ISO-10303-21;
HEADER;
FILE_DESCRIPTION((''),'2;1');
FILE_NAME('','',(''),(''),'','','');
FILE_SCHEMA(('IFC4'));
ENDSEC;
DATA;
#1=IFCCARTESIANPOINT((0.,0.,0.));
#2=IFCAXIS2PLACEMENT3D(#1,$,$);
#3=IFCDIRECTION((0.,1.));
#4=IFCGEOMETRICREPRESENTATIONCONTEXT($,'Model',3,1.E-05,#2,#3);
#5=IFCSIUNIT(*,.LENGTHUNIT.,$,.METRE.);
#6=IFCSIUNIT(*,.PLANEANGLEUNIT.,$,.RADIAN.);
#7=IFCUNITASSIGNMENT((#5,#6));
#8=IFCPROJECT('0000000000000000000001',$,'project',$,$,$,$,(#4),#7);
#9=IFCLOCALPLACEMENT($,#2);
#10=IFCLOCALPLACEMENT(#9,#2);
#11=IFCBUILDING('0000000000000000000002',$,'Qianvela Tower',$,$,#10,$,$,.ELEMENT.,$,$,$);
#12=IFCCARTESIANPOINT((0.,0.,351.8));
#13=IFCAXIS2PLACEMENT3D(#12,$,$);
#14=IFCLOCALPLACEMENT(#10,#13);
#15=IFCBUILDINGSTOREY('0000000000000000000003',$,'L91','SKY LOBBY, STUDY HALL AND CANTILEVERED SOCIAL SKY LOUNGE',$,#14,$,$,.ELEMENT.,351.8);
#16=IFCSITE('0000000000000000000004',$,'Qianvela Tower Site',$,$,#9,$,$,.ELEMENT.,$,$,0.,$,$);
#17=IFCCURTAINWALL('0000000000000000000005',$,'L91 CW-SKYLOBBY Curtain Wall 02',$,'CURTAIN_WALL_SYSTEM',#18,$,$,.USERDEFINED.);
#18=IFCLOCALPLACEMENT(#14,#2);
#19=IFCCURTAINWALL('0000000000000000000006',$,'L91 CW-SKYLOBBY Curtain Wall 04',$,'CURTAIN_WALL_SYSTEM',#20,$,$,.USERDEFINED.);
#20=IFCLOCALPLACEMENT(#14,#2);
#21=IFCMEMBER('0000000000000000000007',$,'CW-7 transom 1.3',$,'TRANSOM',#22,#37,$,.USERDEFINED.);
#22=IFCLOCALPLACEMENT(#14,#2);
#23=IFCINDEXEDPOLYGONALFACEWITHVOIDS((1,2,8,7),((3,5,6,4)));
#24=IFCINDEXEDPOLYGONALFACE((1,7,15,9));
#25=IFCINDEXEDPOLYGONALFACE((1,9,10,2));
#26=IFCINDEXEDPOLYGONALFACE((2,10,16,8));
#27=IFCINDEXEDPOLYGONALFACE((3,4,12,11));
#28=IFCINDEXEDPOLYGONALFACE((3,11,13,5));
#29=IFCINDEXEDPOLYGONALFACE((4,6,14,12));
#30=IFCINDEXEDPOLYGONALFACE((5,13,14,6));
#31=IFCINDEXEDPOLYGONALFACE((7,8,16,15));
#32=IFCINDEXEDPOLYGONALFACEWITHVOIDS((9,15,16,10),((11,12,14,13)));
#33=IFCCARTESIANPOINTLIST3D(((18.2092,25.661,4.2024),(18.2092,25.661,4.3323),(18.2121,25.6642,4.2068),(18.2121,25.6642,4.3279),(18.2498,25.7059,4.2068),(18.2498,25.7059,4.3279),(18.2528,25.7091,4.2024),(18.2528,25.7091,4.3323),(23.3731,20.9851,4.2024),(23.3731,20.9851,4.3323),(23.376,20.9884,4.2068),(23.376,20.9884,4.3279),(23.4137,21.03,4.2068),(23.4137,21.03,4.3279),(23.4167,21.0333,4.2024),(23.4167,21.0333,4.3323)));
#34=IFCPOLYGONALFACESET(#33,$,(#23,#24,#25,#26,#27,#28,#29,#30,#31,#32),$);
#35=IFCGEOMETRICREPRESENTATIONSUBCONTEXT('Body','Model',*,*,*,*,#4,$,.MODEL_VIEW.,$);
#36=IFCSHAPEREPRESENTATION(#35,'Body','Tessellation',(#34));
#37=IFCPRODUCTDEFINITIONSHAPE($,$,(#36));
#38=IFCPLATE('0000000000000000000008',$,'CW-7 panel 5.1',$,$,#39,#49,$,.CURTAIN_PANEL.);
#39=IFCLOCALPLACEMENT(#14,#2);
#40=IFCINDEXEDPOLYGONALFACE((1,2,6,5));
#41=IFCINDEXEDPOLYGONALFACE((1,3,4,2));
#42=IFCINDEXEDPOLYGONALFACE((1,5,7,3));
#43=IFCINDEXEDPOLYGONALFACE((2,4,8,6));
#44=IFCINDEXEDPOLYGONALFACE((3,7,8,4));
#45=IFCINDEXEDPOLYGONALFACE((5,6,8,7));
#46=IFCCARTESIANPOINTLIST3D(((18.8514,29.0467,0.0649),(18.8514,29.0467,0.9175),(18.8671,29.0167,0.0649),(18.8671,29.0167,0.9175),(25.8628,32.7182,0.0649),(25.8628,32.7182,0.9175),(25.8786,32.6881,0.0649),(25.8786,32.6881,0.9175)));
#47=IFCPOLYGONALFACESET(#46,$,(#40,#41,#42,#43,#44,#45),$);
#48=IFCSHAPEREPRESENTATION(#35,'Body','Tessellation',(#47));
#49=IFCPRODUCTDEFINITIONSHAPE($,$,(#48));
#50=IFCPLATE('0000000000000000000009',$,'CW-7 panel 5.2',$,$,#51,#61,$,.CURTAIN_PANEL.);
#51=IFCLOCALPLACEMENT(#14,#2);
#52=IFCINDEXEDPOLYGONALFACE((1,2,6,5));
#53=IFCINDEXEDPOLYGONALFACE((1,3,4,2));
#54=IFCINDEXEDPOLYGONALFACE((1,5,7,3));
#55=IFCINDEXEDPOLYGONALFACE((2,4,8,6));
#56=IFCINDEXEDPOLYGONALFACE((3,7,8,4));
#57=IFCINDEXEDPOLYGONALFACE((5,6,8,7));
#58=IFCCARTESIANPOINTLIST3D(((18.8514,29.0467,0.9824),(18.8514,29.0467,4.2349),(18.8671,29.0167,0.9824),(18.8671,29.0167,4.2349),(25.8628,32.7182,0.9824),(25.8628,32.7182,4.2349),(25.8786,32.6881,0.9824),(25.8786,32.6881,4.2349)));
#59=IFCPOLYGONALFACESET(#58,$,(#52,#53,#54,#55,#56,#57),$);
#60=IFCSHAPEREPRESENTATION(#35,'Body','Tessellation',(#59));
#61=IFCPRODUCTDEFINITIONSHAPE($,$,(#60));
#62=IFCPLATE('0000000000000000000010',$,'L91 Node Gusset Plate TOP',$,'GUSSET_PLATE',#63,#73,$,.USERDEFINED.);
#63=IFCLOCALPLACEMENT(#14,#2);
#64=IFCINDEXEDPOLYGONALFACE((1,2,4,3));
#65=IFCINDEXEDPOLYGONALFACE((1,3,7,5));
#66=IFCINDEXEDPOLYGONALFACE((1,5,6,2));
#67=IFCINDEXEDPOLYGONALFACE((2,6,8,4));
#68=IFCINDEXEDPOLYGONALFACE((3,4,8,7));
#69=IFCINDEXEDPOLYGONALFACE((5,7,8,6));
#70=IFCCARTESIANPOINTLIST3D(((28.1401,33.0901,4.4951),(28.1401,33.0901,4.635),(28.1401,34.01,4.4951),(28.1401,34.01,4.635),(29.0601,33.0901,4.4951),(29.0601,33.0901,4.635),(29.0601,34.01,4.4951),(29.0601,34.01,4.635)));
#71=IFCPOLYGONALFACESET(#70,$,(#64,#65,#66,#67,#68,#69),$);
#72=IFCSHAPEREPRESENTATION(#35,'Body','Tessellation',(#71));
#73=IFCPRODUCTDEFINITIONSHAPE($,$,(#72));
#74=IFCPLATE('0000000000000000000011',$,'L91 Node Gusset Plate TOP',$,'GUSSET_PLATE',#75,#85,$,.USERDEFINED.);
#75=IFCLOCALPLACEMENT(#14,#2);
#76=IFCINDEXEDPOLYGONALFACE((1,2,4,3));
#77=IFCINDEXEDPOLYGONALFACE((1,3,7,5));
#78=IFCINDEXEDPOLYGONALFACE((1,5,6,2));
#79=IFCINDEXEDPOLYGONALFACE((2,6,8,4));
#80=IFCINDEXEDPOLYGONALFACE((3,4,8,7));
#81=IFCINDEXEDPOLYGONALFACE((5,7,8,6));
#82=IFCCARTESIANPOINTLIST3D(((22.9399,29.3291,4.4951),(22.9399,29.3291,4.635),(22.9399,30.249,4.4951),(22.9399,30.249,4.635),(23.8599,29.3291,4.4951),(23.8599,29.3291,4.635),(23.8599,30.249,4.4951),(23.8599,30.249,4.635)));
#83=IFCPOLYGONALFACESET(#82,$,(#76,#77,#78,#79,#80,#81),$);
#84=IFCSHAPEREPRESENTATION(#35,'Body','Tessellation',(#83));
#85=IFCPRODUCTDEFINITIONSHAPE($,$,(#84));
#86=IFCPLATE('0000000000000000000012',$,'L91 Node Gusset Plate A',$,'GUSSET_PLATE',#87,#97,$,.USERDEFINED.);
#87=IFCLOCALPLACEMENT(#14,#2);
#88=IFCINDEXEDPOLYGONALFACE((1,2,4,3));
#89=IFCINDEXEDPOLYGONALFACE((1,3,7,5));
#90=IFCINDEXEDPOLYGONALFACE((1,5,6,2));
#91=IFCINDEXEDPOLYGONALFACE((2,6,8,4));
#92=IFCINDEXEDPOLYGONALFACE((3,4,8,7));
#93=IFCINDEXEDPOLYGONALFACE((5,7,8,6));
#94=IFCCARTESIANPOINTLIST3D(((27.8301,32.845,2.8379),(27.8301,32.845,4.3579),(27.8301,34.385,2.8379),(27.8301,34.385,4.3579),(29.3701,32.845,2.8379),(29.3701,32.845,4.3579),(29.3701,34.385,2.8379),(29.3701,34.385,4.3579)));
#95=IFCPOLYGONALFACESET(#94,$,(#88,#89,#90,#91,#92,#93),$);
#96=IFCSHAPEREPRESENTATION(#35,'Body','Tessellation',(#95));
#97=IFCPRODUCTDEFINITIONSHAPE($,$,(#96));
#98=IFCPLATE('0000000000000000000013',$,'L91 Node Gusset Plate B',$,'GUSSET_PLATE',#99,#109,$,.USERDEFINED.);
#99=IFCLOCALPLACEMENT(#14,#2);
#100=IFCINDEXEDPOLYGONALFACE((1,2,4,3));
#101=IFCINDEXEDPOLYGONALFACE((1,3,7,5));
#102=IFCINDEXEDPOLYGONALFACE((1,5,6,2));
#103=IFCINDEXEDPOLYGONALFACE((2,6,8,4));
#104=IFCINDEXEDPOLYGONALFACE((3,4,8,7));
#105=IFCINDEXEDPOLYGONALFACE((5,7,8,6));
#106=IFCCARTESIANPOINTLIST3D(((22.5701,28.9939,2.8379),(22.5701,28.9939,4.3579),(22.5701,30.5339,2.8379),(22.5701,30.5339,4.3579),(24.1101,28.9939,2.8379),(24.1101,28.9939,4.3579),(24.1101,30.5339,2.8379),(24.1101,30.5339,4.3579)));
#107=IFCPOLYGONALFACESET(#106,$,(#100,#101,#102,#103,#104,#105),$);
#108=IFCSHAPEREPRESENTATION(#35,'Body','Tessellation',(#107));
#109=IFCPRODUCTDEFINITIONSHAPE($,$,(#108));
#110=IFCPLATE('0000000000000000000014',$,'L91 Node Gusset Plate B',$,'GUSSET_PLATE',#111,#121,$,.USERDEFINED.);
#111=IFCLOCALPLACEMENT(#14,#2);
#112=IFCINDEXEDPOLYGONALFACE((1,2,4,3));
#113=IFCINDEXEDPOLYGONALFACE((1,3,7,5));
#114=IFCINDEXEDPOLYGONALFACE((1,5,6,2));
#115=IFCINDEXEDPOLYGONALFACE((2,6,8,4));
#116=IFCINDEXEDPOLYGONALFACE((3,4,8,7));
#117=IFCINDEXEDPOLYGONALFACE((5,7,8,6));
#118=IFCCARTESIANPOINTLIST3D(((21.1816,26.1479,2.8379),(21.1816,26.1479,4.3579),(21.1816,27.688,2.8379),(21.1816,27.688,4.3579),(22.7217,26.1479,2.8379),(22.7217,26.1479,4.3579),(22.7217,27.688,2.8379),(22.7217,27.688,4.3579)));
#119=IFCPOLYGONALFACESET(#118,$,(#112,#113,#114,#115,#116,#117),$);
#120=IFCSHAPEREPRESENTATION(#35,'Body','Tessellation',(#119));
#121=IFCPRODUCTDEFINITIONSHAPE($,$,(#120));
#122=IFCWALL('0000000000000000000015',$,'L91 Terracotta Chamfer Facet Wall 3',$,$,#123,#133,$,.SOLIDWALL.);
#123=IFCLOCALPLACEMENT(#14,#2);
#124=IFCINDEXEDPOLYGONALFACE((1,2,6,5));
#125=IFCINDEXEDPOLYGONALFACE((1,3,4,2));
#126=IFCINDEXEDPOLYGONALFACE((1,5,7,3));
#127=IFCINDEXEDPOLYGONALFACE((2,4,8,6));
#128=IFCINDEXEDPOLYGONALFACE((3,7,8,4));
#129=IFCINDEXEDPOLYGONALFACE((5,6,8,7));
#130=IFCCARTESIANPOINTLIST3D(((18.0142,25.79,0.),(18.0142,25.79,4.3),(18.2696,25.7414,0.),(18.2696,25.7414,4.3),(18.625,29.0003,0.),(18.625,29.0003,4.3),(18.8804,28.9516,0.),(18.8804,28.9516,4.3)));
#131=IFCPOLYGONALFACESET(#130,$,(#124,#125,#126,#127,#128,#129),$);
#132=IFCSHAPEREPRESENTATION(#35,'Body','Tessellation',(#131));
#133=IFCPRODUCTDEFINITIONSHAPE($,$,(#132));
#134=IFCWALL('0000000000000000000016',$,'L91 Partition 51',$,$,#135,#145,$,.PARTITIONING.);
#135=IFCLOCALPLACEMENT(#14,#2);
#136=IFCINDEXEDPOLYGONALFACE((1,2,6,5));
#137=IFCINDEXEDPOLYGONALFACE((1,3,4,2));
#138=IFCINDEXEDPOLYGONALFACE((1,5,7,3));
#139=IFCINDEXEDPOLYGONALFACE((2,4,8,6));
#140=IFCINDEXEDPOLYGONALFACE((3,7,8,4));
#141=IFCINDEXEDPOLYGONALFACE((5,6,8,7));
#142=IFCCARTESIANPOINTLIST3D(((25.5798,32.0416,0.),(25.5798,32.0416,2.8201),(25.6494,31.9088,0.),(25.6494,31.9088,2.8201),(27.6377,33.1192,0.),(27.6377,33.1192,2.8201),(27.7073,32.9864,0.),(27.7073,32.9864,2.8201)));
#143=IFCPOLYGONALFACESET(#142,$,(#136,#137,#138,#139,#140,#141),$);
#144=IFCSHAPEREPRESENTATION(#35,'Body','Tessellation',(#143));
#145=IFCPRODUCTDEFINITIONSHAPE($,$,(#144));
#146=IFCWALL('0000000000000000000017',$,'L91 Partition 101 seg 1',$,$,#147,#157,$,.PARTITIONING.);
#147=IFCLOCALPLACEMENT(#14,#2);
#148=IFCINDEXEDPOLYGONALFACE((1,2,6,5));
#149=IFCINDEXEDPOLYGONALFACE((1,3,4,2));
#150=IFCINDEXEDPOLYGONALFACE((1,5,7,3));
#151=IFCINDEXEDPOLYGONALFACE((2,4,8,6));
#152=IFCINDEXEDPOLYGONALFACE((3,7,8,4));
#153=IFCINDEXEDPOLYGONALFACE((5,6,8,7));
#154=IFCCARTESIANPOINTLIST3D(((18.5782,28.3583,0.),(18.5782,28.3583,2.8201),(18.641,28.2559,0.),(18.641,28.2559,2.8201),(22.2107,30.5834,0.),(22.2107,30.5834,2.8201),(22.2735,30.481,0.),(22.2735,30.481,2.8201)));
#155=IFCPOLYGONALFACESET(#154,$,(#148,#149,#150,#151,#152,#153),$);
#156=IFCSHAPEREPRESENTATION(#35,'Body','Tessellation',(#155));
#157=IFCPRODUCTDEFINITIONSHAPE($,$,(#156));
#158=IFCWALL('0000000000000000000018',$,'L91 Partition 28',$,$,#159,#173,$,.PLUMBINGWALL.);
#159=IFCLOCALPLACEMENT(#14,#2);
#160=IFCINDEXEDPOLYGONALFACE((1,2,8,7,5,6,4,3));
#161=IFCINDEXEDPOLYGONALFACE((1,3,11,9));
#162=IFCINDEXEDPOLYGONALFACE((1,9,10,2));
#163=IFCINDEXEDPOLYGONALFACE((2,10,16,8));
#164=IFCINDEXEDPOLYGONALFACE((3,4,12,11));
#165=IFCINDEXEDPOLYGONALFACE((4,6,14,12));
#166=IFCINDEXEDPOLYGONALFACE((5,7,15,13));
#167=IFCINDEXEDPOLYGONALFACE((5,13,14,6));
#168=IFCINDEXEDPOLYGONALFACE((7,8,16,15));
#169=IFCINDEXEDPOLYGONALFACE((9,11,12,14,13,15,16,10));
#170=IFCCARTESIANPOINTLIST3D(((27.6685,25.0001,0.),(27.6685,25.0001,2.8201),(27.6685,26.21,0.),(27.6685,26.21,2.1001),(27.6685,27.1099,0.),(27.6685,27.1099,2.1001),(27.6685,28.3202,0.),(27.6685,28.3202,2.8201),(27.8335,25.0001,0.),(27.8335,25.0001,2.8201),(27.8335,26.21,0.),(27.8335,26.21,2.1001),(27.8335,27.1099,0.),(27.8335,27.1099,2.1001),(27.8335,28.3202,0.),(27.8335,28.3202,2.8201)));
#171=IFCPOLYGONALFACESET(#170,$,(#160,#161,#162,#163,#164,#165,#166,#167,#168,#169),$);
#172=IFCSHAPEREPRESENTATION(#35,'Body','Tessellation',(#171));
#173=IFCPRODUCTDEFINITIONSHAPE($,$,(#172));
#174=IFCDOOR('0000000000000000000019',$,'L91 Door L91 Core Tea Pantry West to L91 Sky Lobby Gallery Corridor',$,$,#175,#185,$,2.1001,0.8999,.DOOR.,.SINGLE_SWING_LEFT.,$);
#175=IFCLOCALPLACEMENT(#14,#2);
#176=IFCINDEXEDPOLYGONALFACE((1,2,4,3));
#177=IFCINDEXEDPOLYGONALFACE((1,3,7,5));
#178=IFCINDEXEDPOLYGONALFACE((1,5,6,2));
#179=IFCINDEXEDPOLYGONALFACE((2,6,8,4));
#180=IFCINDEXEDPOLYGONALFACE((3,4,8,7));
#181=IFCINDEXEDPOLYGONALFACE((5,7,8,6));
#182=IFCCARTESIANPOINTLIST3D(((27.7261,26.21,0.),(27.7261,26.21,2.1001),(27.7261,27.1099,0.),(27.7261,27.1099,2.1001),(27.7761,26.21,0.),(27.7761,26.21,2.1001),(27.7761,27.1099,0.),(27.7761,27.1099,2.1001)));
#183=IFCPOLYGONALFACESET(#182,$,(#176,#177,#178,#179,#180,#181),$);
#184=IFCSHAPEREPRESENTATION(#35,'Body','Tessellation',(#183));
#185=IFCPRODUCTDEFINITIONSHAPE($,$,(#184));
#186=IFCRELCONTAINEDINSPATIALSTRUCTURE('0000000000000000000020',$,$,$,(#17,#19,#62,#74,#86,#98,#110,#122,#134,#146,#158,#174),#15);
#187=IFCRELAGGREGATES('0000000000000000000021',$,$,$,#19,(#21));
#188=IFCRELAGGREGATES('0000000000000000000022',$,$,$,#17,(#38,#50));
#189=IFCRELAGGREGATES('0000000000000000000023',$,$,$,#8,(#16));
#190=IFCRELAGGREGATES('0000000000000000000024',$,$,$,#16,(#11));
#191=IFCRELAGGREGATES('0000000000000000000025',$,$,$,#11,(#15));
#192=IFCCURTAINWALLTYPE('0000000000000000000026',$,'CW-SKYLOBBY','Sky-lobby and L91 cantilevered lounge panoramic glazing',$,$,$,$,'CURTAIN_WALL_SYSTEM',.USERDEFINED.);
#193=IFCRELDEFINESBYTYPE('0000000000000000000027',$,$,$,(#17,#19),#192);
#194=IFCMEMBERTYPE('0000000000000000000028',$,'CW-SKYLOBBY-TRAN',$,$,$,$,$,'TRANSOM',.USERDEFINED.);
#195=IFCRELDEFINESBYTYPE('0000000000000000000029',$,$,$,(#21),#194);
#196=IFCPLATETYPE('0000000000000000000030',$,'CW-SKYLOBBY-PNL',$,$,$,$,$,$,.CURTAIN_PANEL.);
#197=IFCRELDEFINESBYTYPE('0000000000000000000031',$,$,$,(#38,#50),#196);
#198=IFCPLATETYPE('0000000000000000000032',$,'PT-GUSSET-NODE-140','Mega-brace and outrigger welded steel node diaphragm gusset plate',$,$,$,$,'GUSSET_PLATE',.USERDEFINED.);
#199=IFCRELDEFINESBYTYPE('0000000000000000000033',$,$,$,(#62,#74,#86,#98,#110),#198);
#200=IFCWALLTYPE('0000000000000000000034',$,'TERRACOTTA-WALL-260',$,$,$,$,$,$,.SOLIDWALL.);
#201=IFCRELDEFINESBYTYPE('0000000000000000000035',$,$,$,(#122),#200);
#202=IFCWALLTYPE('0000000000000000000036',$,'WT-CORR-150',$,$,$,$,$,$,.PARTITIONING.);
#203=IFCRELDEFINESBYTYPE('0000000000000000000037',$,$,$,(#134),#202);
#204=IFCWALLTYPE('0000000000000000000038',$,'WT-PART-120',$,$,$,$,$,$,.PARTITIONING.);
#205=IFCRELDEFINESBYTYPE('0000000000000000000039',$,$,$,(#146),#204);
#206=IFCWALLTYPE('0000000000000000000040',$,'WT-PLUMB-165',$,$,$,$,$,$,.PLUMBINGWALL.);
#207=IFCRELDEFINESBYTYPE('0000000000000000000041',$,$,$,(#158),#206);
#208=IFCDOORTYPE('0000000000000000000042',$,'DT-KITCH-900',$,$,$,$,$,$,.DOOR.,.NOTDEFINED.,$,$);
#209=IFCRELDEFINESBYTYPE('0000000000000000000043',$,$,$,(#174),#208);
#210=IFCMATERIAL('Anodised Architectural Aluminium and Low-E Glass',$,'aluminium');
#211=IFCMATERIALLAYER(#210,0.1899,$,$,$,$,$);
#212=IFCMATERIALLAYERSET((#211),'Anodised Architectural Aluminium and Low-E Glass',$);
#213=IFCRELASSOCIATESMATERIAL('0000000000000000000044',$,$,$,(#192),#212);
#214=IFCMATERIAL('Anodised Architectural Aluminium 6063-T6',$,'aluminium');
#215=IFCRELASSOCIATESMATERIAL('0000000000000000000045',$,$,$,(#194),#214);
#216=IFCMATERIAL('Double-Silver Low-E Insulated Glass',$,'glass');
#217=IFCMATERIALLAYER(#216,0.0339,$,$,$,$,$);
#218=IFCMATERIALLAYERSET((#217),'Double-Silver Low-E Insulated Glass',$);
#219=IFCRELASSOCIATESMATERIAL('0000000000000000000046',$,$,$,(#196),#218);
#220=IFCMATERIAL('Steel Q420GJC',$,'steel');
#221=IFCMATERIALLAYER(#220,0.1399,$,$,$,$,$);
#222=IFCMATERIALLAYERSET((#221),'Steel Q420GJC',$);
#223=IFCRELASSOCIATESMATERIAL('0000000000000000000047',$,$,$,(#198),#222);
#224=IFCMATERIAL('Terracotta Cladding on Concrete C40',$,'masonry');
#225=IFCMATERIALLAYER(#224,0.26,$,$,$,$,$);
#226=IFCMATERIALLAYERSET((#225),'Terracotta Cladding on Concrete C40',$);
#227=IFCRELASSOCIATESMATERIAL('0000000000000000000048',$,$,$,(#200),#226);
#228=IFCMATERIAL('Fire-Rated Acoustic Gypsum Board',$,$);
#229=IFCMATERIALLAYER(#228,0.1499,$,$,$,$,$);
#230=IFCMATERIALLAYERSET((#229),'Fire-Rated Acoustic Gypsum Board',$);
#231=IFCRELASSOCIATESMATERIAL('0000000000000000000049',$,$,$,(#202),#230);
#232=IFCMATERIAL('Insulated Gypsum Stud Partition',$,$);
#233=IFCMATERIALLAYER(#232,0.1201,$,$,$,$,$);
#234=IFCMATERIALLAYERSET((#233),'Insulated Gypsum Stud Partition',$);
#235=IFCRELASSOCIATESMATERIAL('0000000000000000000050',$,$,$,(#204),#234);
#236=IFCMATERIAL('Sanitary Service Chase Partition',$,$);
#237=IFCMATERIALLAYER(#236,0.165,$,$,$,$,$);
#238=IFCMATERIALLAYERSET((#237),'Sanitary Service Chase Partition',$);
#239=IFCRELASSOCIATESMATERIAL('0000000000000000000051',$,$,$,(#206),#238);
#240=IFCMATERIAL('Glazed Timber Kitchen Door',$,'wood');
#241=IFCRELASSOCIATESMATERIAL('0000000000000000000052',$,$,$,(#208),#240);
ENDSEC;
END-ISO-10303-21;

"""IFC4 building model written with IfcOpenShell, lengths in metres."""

from ifc_helpers import new_model, si_unit, direction, frame, frame_2d, origin, origin_2d, place, context, subcontext, project, spatial, rectangle, hollow_rectangle, extrude, material, layer, layer_set, material_profile, profile_set, type_object, element, fill, aggregate, save


model = new_model("IFC4")

# Units and contexts
model_context = context("Model", 3, precision=1e-05, world=origin(), true_north=direction((0.0, 1.0)))
body_context = subcontext(model_context, "Body", "Model", "MODEL_VIEW")
ifc_project = project(units=[si_unit("LENGTHUNIT", "METRE"), si_unit("PLANEANGLEUNIT", "RADIAN")], contexts=[model_context])

# Site, building, storey
site_placement = place(None, origin())
site = spatial("IfcSite", under=ifc_project, at=site_placement, Name="Qianvela Tower Site", CompositionType="ELEMENT", RefElevation=0.0)
building_placement = place(site_placement, origin())
building = spatial("IfcBuilding", under=site, at=building_placement, Name="Qianvela Tower", CompositionType="ELEMENT")
storey_placement = place(building_placement, frame((0.0, 0.0, 351.8)))
storey = spatial("IfcBuildingStorey", under=building, at=storey_placement, Name="L91", Description="SKY LOBBY, STUDY HALL AND CANTILEVERED SOCIAL SKY LOUNGE", CompositionType="ELEMENT", Elevation=351.8)

# Curtain wall
ifc_material_1 = material(Name="Anodised Architectural Aluminium and Low-E Glass", Category="aluminium")
ifc_layer_1 = layer(ifc_material_1, 0.1899)
ifc_layer_set_1 = layer_set([ifc_layer_1], Name="Anodised Architectural Aluminium and Low-E Glass")
curtain_wall_type = type_object("IfcCurtainWallType", Name="CW-SKYLOBBY", Description="Sky-lobby and L91 cantilevered lounge panoramic glazing", ElementType="CURTAIN_WALL_SYSTEM", PredefinedType="USERDEFINED", material=ifc_layer_set_1)
curtain_wall_1_placement = place(storey_placement, origin())
curtain_wall_1 = element("IfcCurtainWall", 1, at=curtain_wall_1_placement, inside=storey, type_object=curtain_wall_type, Name="L91 CW-SKYLOBBY Curtain Wall 02", ObjectType="CURTAIN_WALL_SYSTEM", PredefinedType="USERDEFINED")

# Curtain wall
curtain_wall_2_placement = place(storey_placement, origin())
curtain_wall_2 = element("IfcCurtainWall", 2, at=curtain_wall_2_placement, inside=storey, type_object=curtain_wall_type, Name="L91 CW-SKYLOBBY Curtain Wall 04", ObjectType="CURTAIN_WALL_SYSTEM", PredefinedType="USERDEFINED")

# Member
ifc_material_2 = material(Name="Anodised Architectural Aluminium 6063-T6", Category="aluminium")
ifc_material_profile_1 = material_profile(ifc_material_2, hollow_rectangle(XDim=0.0649, YDim=0.1299, WallThickness=0.0044, at=origin_2d()), Name="ALU-TRAN-65x130")
ifc_profile_set_1 = profile_set([ifc_material_profile_1], Name="Anodised Architectural Aluminium 6063-T6")
member_type_1 = type_object("IfcMemberType", Name="CW-SKYLOBBY-TRAN", ElementType="TRANSOM", PredefinedType="USERDEFINED", material=ifc_profile_set_1)
member_1_placement = place(storey_placement, frame((18.231, 25.6851, 4.2673), z_axis=(0.741268, -0.67121, 0.0), x_axis=(0.67121, 0.741268, 0.0)))
member_1 = element("IfcMember", 3, at=member_1_placement, type_object=member_type_1, Name="CW-7 transom 1.3", ObjectType="TRANSOM", PredefinedType="USERDEFINED", context=body_context, shape_type="SweptSolid", body=[
    extrude(hollow_rectangle(XDim=0.0649, YDim=0.1299, WallThickness=0.0044, at=origin_2d()), origin(), (0.0, 0.0, 1.0), 6.9663),
])
aggregate(curtain_wall_2, [member_1])

# Plates
ifc_material_3 = material(Name="Double-Silver Low-E Insulated Glass", Category="glass")
ifc_layer_2 = layer(ifc_material_3, 0.0339)
ifc_layer_set_2 = layer_set([ifc_layer_2], Name="Double-Silver Low-E Insulated Glass")
plate_type_1 = type_object("IfcPlateType", Name="CW-SKYLOBBY-PNL", PredefinedType="CURTAIN_PANEL", material=ifc_layer_set_2)
plate_1_placement = place(storey_placement, frame((22.365, 30.8674, 0.0649), z_axis=(0.0, 0.0, 1.0), x_axis=(-0.885893, -0.46389, 0.0)))
plate_1 = element("IfcPlate", 4, at=plate_1_placement, type_object=plate_type_1, Name="CW-7 panel 5.1", PredefinedType="CURTAIN_PANEL", context=body_context, shape_type="SweptSolid", body=[
    extrude(rectangle(XDim=7.9146, YDim=0.0339, at=origin_2d()), origin(), (0.0, 0.0, 1.0), 0.8525),
])
plate_2_placement = place(storey_placement, frame((22.365, 30.8674, 0.9824), z_axis=(0.0, 0.0, 1.0), x_axis=(-0.885893, -0.46389, 0.0)))
plate_2 = element("IfcPlate", 5, at=plate_2_placement, type_object=plate_type_1, Name="CW-7 panel 5.2", PredefinedType="CURTAIN_PANEL", context=body_context, shape_type="SweptSolid", body=[
    extrude(rectangle(XDim=7.9146, YDim=0.0339, at=origin_2d()), origin(), (0.0, 0.0, 1.0), 3.2524),
])
aggregate(curtain_wall_1, [plate_1, plate_2])

# Plates
ifc_material_4 = material(Name="Steel Q420GJC", Category="steel")
ifc_layer_3 = layer(ifc_material_4, 0.1399)
ifc_layer_set_3 = layer_set([ifc_layer_3], Name="Steel Q420GJC")
plate_type_2 = type_object("IfcPlateType", Name="PT-GUSSET-NODE-140", Description="Mega-brace and outrigger welded steel node diaphragm gusset plate", ElementType="GUSSET_PLATE", PredefinedType="USERDEFINED", material=ifc_layer_set_3)
for number, where, z_axis, x_axis, name in (
    (6, (28.6001, 33.55, 4.4951), (0.0, 0.0, 1.0), (1.0, 0.0, 0.0), "L91 Node Gusset Plate TOP"),
    (7, (23.3999, 29.7891, 4.4951), (0.0, 0.0, 1.0), (1.0, 0.0, 0.0), "L91 Node Gusset Plate TOP"),
):
    element("IfcPlate", number, at=place(storey_placement, frame(where, z_axis=z_axis, x_axis=x_axis)), inside=storey, type_object=plate_type_2, Name=name, ObjectType="GUSSET_PLATE", PredefinedType="USERDEFINED", context=body_context, shape_type="SweptSolid", body=[
        extrude(rectangle(XDim=0.9199, YDim=0.9199, at=origin_2d()), origin(), (0.0, 0.0, 1.0), 0.1399),
    ])
for number, where, z_axis, x_axis, name in (
    (8, (28.6001, 33.615, 2.8379), (0.0, 0.0, 1.0), (1.0, 0.0, 0.0), "L91 Node Gusset Plate A"),
    (9, (23.3401, 29.7639, 2.8379), (0.0, 0.0, 1.0), (1.0, 0.0, 0.0), "L91 Node Gusset Plate B"),
    (10, (21.9517, 26.918, 2.8379), (0.0, 0.0, 1.0), (1.0, 0.0, 0.0), "L91 Node Gusset Plate B"),
):
    element("IfcPlate", number, at=place(storey_placement, frame(where, z_axis=z_axis, x_axis=x_axis)), inside=storey, type_object=plate_type_2, Name=name, ObjectType="GUSSET_PLATE", PredefinedType="USERDEFINED", context=body_context, shape_type="SweptSolid", body=[
        extrude(rectangle(XDim=1.54, YDim=1.54, at=origin_2d()), origin(), (0.0, 0.0, 1.0), 1.52),
    ])

# Walls
ifc_material_5 = material(Name="Terracotta Cladding on Concrete C40", Category="masonry")
ifc_layer_4 = layer(ifc_material_5, 0.26)
ifc_layer_set_4 = layer_set([ifc_layer_4], Name="Terracotta Cladding on Concrete C40")
wall_type_1 = type_object("IfcWallType", Name="TERRACOTTA-WALL-260", PredefinedType="SOLIDWALL", material=ifc_layer_set_4)
wall_1_placement = place(storey_placement, frame((18.7527, 28.9758, 0.0), z_axis=(0.0, 0.0, 1.0), x_axis=(-0.186927, -0.982374, 0.0)))
element("IfcWall", 11, at=wall_1_placement, inside=storey, type_object=wall_type_1, Name="L91 Terracotta Chamfer Facet Wall 3", PredefinedType="SOLIDWALL", context=body_context, shape_type="SweptSolid", body=[
    extrude(rectangle(XDim=3.2678, YDim=0.26, at=frame_2d((1.6338, 0.0))), origin(), (0.0, 0.0, 1.0), 4.3),
])
ifc_material_6 = material(Name="Fire-Rated Acoustic Gypsum Board")
ifc_layer_5 = layer(ifc_material_6, 0.1499)
ifc_layer_set_5 = layer_set([ifc_layer_5], Name="Fire-Rated Acoustic Gypsum Board")
wall_type_2 = type_object("IfcWallType", Name="WT-CORR-150", PredefinedType="PARTITIONING", material=ifc_layer_set_5)
wall_2_placement = place(storey_placement, frame((25.6145, 31.9751, 0.0), z_axis=(0.0, 0.0, 1.0), x_axis=(0.885883, 0.463909, 0.0)))
element("IfcWall", 12, at=wall_2_placement, inside=storey, type_object=wall_type_2, Name="L91 Partition 51", PredefinedType="PARTITIONING", context=body_context, shape_type="SweptSolid", body=[
    extrude(rectangle(XDim=2.323, YDim=0.1499, at=frame_2d((1.1616, 0.0))), origin(), (0.0, 0.0, 1.0), 2.8201),
])
ifc_material_7 = material(Name="Insulated Gypsum Stud Partition")
ifc_layer_6 = layer(ifc_material_7, 0.1201)
ifc_layer_set_6 = layer_set([ifc_layer_6], Name="Insulated Gypsum Stud Partition")
wall_type_3 = type_object("IfcWallType", Name="WT-PART-120", PredefinedType="PARTITIONING", material=ifc_layer_set_6)
wall_3_placement = place(storey_placement, frame((18.6096, 28.3071, 0.0), z_axis=(0.0, 0.0, 1.0), x_axis=(0.852739, 0.522338, 0.0)))
element("IfcWall", 13, at=wall_3_placement, inside=storey, type_object=wall_type_3, Name="L91 Partition 101 seg 1", PredefinedType="PARTITIONING", context=body_context, shape_type="SweptSolid", body=[
    extrude(rectangle(XDim=4.2598, YDim=0.1201, at=frame_2d((2.1299, 0.0))), origin(), (0.0, 0.0, 1.0), 2.8201),
])

# Wall, opening, door
ifc_material_8 = material(Name="Sanitary Service Chase Partition")
ifc_layer_7 = layer(ifc_material_8, 0.165)
ifc_layer_set_7 = layer_set([ifc_layer_7], Name="Sanitary Service Chase Partition")
wall_type_4 = type_object("IfcWallType", Name="WT-PLUMB-165", PredefinedType="PLUMBINGWALL", material=ifc_layer_set_7)
wall_4_placement = place(storey_placement, frame((27.751, 25.0, 0.0), z_axis=(0.0, 0.0, 1.0), x_axis=(0.0, 1.0, 0.0)))
wall_4 = element("IfcWall", 14, at=wall_4_placement, inside=storey, type_object=wall_type_4, Name="L91 Partition 28", PredefinedType="PLUMBINGWALL", context=body_context, shape_type="SweptSolid", body=[
    extrude(rectangle(XDim=3.3201, YDim=0.165, at=frame_2d((1.6602, 0.0))), origin(), (0.0, 0.0, 1.0), 2.8201),
])
opening_1_placement = place(wall_4_placement, frame((1.21, 0.0, 0.0)))
opening_1 = element("IfcOpeningElement", 15, at=opening_1_placement, cuts=wall_4, PredefinedType="OPENING", context=body_context, shape_type="SweptSolid", body=[
    extrude(rectangle(XDim=0.8999, YDim=2.1001, at=frame_2d((0.45, 1.05))), frame((0.0, 0.0925, 0.0), z_axis=(0.0, -1.0, 0.0), x_axis=(1.0, 0.0, 0.0)), (0.0, 0.0, 1.0), 0.1851),
])
ifc_material_9 = material(Name="Glazed Timber Kitchen Door", Category="wood")
door_type_1 = type_object("IfcDoorType", Name="DT-KITCH-900", OperationType="NOTDEFINED", PredefinedType="DOOR", material=ifc_material_9)
door_1_placement = place(opening_1_placement, origin())
door_1 = element("IfcDoor", 16, at=door_1_placement, inside=storey, type_object=door_type_1, Name="L91 Door L91 Core Tea Pantry West to L91 Sky Lobby Gallery Corridor", OperationType="SINGLE_SWING_LEFT", OverallHeight=2.1001, OverallWidth=0.8999, PredefinedType="DOOR", context=body_context, shape_type="SweptSolid", body=[
    extrude(rectangle(XDim=0.8999, YDim=2.1001, at=frame_2d((0.45, 1.05))), frame((0.0, 0.0249, 0.0), z_axis=(0.0, -1.0, 0.0), x_axis=(1.0, 0.0, 0.0)), (0.0, 0.0, 1.0), 0.05),
])
fill(opening_1, door_1)

save(model, "model.ifc")
